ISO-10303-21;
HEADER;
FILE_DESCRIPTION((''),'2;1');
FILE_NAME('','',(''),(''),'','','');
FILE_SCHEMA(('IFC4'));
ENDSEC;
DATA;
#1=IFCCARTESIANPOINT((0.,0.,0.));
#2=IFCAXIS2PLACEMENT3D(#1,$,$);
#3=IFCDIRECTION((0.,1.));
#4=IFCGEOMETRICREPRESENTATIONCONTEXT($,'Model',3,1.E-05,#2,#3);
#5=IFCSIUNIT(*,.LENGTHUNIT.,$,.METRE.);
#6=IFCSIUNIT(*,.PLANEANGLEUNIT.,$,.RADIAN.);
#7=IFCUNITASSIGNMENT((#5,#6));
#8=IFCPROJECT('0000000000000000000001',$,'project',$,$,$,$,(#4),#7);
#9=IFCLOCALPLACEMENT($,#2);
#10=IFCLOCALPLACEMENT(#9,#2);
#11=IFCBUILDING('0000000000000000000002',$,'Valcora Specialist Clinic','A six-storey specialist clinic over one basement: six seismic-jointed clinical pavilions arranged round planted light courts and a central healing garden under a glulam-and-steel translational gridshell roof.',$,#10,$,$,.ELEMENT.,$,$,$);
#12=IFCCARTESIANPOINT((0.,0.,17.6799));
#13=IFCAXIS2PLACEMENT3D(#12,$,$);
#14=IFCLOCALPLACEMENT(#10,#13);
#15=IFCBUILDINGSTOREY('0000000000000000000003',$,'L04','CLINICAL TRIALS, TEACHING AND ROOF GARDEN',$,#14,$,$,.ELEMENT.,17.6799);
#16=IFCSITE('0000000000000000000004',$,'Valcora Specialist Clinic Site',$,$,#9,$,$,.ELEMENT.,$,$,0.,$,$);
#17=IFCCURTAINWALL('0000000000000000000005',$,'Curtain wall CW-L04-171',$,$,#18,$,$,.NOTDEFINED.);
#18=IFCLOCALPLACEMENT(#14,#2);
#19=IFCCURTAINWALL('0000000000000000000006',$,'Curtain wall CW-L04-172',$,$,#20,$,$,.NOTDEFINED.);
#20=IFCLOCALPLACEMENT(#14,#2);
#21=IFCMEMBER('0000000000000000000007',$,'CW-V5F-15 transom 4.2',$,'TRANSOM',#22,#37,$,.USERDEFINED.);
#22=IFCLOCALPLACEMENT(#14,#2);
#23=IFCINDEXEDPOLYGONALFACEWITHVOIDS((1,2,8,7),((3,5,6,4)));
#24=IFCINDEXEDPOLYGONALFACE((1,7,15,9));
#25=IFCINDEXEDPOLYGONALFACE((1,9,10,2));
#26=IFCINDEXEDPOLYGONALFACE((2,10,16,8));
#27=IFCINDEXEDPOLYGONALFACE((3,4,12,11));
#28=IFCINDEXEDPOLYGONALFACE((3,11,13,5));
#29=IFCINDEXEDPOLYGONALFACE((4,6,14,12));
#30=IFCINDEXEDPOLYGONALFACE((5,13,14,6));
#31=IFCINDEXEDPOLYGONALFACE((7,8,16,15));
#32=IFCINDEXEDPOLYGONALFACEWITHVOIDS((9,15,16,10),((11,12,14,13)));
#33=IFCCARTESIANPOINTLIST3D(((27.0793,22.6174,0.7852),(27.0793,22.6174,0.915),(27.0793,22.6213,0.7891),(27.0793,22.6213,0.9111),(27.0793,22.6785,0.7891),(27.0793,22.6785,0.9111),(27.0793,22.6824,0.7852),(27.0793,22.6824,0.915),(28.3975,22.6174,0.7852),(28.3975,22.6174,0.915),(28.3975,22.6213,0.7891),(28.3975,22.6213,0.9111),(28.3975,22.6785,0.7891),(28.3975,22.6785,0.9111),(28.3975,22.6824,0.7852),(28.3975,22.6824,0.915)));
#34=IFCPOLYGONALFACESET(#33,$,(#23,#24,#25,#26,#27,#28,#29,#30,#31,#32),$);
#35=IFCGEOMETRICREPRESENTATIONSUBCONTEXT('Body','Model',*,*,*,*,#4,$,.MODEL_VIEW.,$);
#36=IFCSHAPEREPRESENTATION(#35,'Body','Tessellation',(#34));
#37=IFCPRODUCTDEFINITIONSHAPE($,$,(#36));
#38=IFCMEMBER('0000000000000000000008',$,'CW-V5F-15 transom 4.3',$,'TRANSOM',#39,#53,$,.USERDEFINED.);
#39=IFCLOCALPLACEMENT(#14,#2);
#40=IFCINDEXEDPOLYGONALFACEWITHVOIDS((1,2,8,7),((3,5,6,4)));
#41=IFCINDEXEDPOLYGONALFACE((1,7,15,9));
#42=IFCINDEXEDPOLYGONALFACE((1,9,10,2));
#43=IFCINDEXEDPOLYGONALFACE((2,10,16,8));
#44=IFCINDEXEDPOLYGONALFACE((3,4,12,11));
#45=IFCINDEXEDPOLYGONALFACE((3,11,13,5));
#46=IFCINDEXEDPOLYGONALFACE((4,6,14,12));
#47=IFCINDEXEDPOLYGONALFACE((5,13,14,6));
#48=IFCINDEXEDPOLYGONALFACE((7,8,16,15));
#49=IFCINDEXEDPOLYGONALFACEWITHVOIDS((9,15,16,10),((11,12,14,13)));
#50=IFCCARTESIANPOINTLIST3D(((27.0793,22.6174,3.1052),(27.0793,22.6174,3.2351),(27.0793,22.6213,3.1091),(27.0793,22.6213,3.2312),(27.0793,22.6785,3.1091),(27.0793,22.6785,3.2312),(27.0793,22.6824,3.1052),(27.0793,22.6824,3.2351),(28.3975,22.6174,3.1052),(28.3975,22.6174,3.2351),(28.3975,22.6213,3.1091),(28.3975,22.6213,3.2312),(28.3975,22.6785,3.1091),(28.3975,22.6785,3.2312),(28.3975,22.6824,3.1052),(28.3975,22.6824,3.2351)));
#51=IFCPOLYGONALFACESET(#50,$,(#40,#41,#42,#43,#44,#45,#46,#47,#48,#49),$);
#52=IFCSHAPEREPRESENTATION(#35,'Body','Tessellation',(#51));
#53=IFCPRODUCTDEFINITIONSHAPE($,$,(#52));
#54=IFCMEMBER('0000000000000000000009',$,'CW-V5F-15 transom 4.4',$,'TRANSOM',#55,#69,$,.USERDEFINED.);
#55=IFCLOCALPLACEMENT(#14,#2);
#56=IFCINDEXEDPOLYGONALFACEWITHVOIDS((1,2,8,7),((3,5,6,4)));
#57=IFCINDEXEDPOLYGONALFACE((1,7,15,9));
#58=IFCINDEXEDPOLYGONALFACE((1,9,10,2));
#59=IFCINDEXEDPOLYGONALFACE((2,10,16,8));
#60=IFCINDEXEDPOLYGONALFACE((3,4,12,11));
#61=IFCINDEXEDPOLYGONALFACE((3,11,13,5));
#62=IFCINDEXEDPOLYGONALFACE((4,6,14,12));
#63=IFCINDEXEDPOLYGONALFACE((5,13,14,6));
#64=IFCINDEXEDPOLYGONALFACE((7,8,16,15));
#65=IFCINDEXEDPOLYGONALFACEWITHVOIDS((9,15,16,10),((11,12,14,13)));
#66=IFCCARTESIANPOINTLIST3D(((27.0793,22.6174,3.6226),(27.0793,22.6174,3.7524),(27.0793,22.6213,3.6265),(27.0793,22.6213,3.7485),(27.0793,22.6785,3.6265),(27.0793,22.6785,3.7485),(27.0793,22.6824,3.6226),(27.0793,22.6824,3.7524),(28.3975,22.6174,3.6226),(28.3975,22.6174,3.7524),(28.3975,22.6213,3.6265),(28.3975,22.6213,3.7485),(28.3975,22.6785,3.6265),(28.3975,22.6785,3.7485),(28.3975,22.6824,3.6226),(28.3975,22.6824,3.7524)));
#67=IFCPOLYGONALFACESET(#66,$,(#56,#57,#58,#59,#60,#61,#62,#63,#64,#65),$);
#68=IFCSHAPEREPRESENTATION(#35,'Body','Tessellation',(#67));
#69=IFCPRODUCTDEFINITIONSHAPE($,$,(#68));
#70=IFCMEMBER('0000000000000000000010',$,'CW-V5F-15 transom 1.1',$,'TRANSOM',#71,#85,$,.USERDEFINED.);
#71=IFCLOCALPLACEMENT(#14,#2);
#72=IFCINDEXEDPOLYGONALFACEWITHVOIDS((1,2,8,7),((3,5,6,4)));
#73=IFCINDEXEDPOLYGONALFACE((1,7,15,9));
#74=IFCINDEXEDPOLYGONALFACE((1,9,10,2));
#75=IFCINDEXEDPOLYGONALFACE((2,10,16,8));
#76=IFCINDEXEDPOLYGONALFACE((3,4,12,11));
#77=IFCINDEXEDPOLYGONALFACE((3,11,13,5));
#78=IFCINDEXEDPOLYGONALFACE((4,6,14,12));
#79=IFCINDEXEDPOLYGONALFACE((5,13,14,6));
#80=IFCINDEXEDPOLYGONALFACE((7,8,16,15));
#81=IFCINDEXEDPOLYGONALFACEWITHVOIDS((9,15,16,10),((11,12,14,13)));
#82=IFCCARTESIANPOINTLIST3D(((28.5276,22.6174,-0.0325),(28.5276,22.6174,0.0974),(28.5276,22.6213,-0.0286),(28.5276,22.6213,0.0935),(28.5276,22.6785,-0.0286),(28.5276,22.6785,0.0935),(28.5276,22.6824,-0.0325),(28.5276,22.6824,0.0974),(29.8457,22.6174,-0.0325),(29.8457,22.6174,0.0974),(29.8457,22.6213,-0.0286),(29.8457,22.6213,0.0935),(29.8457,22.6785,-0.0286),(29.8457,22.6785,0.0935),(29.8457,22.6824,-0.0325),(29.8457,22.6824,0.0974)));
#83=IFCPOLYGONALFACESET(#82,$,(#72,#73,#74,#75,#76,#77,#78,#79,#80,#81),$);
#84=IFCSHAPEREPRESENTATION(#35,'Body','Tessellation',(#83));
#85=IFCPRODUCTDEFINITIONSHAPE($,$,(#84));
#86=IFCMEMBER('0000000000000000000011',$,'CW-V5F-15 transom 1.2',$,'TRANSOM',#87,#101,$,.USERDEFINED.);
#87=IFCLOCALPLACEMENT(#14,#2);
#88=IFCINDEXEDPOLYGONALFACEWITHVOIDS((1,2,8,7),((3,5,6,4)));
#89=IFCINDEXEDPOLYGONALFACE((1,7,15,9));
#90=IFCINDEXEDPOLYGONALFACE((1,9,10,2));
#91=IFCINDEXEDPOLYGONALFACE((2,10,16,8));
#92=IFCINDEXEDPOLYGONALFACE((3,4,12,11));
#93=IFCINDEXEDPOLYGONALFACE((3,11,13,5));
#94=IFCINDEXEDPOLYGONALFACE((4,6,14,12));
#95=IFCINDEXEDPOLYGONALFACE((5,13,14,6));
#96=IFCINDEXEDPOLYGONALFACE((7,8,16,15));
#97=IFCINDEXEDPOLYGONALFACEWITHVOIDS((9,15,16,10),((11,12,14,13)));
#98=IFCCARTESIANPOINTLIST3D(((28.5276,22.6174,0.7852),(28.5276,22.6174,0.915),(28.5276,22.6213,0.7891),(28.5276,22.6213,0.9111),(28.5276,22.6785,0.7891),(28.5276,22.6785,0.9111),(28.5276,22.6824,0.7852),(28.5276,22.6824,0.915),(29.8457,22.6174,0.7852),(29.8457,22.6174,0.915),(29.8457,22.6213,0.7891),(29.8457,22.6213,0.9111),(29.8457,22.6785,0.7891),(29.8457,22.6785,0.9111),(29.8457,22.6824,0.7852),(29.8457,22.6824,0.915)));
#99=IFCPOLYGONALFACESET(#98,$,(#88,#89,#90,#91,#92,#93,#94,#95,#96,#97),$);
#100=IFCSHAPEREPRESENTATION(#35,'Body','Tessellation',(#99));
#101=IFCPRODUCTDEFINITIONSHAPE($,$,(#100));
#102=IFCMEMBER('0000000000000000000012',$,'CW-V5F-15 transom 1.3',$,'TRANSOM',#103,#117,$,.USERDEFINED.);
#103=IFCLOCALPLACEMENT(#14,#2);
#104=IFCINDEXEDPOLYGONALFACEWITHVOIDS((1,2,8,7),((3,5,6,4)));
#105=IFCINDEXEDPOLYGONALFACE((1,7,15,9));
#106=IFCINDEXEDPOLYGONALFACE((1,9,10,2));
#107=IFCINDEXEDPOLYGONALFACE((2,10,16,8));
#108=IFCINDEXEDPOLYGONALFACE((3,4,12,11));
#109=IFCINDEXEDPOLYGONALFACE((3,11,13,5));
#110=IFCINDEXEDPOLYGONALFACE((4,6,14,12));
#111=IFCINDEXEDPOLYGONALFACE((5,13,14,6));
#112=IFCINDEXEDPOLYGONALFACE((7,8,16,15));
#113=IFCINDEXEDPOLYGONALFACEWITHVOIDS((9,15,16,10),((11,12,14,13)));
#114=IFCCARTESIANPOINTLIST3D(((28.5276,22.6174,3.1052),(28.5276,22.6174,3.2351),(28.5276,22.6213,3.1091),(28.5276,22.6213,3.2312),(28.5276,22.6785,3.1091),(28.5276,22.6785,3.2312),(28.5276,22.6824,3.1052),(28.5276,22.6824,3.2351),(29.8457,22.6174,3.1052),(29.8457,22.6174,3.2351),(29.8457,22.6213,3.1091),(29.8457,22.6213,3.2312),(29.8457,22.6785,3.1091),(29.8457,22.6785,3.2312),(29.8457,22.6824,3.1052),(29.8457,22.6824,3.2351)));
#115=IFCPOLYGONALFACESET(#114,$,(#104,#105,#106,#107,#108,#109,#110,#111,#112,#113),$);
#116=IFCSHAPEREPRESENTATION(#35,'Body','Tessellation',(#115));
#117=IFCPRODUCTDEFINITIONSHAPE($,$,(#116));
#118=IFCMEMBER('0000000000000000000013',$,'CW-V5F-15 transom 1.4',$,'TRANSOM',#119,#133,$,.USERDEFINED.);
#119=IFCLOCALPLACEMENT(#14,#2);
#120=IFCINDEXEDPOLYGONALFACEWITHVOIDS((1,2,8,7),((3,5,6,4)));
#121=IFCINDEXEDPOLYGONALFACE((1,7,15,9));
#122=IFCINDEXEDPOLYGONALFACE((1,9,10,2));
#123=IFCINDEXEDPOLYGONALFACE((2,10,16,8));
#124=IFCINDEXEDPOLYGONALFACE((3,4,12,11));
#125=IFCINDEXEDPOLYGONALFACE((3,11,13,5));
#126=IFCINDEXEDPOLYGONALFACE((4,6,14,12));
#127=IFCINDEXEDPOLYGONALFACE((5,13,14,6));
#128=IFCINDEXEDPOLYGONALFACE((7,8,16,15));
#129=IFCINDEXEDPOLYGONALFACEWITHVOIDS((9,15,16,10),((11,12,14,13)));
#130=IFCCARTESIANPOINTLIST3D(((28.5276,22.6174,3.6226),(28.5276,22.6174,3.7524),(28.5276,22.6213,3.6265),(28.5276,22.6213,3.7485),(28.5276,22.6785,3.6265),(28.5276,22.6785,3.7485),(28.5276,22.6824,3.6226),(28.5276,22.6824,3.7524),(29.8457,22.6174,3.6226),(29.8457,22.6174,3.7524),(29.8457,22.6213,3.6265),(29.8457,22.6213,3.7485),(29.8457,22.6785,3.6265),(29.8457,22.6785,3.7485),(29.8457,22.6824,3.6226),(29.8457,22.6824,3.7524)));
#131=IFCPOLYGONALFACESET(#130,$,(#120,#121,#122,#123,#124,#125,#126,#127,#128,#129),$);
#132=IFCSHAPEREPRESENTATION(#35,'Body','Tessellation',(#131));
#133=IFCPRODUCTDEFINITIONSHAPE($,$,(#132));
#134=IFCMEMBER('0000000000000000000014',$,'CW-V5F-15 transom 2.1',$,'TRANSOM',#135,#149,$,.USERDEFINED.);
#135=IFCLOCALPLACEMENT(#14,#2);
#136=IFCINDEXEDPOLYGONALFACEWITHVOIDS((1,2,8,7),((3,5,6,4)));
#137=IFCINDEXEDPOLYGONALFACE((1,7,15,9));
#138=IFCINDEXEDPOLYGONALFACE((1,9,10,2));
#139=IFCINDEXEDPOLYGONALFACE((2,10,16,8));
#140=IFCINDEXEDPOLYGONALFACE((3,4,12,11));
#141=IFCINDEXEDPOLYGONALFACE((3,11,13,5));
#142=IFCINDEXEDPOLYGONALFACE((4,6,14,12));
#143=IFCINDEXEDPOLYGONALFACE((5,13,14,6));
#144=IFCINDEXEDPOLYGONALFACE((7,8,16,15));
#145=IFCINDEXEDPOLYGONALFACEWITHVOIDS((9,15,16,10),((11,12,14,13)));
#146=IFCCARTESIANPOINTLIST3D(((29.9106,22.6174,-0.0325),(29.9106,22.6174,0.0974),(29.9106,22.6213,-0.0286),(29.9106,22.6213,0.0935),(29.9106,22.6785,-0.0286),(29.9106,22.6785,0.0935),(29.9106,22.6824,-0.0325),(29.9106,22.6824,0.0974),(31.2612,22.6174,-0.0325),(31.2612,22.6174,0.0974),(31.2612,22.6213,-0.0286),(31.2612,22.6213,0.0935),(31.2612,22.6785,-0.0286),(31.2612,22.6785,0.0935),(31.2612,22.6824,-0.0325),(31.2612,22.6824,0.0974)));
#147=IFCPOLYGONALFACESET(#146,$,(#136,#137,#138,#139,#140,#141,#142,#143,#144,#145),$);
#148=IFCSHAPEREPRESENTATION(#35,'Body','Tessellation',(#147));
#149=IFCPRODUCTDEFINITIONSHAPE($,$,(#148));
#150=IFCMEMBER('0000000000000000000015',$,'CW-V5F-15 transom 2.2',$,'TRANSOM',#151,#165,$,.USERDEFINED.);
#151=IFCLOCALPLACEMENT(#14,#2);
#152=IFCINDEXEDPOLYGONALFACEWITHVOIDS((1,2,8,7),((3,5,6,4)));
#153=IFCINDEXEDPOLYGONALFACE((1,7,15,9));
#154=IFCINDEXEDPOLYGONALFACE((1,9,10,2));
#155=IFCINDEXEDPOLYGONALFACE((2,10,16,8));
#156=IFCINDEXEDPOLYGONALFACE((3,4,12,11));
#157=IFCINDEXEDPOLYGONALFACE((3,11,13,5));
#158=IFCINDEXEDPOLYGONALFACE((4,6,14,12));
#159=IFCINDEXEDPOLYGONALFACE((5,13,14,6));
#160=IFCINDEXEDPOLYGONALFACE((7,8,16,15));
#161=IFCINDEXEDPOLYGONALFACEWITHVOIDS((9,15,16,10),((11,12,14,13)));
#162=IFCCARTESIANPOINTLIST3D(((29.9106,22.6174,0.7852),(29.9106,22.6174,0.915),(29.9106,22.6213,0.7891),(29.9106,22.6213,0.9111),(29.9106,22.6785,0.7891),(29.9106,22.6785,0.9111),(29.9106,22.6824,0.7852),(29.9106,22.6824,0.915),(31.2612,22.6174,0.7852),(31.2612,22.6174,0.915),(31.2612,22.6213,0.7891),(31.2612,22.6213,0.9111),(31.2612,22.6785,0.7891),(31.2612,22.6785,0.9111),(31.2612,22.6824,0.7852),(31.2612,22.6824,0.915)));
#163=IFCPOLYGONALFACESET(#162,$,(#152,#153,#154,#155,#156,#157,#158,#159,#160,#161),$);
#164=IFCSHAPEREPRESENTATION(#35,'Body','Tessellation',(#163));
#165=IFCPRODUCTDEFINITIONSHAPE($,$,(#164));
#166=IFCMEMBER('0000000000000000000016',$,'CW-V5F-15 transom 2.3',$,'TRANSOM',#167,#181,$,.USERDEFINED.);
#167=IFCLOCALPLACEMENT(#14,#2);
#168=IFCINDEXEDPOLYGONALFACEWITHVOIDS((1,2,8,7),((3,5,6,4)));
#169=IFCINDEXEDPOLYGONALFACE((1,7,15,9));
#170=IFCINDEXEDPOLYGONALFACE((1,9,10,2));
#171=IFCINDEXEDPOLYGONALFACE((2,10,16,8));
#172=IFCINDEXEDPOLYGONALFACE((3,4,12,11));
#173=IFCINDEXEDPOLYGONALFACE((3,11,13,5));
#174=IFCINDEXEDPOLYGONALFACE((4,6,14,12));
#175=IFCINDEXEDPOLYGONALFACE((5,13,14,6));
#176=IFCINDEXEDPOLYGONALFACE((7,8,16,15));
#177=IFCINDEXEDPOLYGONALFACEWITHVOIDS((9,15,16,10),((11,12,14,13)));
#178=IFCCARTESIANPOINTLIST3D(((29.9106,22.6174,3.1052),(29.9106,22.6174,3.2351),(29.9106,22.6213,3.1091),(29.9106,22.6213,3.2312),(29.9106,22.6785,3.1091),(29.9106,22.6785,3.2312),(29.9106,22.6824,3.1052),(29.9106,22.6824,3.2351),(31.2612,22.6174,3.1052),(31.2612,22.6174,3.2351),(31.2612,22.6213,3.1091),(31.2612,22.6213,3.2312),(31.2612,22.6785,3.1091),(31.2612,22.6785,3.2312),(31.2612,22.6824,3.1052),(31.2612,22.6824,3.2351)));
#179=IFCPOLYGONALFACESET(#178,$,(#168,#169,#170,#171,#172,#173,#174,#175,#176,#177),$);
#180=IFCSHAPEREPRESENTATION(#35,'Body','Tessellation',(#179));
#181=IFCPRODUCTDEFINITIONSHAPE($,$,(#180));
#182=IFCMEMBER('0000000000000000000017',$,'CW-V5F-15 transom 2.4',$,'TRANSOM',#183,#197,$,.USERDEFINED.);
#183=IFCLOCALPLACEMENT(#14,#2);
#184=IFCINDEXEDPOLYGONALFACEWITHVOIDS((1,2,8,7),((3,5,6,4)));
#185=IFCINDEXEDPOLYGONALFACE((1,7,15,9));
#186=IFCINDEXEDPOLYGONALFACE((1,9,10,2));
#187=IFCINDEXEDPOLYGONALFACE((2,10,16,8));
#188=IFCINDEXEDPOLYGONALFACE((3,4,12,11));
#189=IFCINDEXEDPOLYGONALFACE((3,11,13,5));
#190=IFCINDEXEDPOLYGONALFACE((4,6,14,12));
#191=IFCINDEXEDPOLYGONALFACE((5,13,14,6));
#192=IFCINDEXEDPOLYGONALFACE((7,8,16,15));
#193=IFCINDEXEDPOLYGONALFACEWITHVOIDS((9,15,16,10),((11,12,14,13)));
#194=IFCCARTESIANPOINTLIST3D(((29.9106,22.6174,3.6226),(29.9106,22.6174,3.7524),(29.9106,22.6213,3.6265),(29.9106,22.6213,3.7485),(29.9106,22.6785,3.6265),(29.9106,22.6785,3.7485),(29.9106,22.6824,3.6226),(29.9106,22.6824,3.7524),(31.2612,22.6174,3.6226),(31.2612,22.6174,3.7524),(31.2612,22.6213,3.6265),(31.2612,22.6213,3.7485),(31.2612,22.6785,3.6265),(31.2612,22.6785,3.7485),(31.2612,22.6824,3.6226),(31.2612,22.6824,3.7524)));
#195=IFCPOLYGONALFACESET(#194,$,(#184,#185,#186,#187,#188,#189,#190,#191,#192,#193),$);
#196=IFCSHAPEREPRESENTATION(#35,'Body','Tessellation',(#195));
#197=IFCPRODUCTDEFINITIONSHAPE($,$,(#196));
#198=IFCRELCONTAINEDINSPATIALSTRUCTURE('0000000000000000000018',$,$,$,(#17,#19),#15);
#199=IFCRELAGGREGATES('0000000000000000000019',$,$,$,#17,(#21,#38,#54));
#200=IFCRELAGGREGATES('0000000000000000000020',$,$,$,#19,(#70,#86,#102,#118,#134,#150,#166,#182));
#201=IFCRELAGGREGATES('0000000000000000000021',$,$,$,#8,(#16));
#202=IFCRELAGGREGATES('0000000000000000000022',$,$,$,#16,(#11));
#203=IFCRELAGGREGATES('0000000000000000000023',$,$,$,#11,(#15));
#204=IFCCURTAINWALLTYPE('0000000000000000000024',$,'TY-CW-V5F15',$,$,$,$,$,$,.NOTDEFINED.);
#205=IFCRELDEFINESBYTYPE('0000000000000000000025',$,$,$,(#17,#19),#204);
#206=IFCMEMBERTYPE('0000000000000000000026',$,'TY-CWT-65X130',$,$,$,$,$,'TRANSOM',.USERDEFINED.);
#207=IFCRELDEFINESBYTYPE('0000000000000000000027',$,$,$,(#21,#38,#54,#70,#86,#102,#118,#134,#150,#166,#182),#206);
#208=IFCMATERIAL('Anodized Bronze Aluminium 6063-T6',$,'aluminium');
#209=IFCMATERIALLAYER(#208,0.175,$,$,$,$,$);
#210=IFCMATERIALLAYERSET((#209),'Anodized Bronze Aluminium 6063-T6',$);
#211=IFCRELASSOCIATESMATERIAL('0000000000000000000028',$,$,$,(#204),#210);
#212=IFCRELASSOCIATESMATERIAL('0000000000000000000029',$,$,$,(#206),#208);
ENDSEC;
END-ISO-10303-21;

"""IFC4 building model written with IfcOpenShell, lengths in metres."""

from ifc_helpers import new_model, si_unit, direction, frame, origin, origin_2d, place, context, subcontext, project, spatial, hollow_rectangle, extrude, material, layer, layer_set, material_profile, profile_set, type_object, element, aggregate, save


model = new_model("IFC4")

# Units and contexts
model_context = context("Model", 3, precision=1e-05, world=origin(), true_north=direction((0.0, 1.0)))
body_context = subcontext(model_context, "Body", "Model", "MODEL_VIEW")
ifc_project = project(units=[si_unit("LENGTHUNIT", "METRE"), si_unit("PLANEANGLEUNIT", "RADIAN")], contexts=[model_context])

# Site, building, storey
site_placement = place(None, origin())
site = spatial("IfcSite", under=ifc_project, at=site_placement, Name="Valcora Specialist Clinic Site", CompositionType="ELEMENT", RefElevation=0.0)
building_placement = place(site_placement, origin())
building = spatial("IfcBuilding", under=site, at=building_placement, Name="Valcora Specialist Clinic", Description="A six-storey specialist clinic over one basement: six seismic-jointed clinical pavilions arranged round planted light courts and a central healing garden under a glulam-and-steel translational gridshell roof.", CompositionType="ELEMENT")
storey_placement = place(building_placement, frame((0.0, 0.0, 17.6799)))
storey = spatial("IfcBuildingStorey", under=building, at=storey_placement, Name="L04", Description="CLINICAL TRIALS, TEACHING AND ROOF GARDEN", CompositionType="ELEMENT", Elevation=17.6799)

# Curtain walls
ifc_material_1 = material(Name="Anodized Bronze Aluminium 6063-T6", Category="aluminium")
ifc_layer_1 = layer(ifc_material_1, 0.175)
ifc_layer_set_1 = layer_set([ifc_layer_1], Name="Anodized Bronze Aluminium 6063-T6")
curtain_wall_type = type_object("IfcCurtainWallType", Name="TY-CW-V5F15", PredefinedType="NOTDEFINED", material=ifc_layer_set_1)
curtain_wall_1_placement = place(storey_placement, origin())
curtain_wall_1 = element("IfcCurtainWall", 1, at=curtain_wall_1_placement, inside=storey, type_object=curtain_wall_type, Name="Curtain wall CW-L04-171", PredefinedType="NOTDEFINED")
curtain_wall_2_placement = place(storey_placement, origin())
curtain_wall_2 = element("IfcCurtainWall", 2, at=curtain_wall_2_placement, inside=storey, type_object=curtain_wall_type, Name="Curtain wall CW-L04-172", PredefinedType="NOTDEFINED")

# Members
ifc_material_profile_1 = material_profile(ifc_material_1, hollow_rectangle(XDim=0.0649, YDim=0.1299, WallThickness=0.0039, at=origin_2d()), Name="AL-TRN-65X130")
ifc_profile_set_1 = profile_set([ifc_material_profile_1], Name="Anodized Bronze Aluminium 6063-T6")
member_type_1 = type_object("IfcMemberType", Name="TY-CWT-65X130", ElementType="TRANSOM", PredefinedType="USERDEFINED", material=ifc_profile_set_1)
member_1_placement = place(storey_placement, frame((27.0793, 22.6499, 0.8501), z_axis=(1.0, 0.0, 0.0), x_axis=(0.0, 1.0, 0.0)))
member_1 = element("IfcMember", 3, at=member_1_placement, type_object=member_type_1, Name="CW-V5F-15 transom 4.2", ObjectType="TRANSOM", PredefinedType="USERDEFINED", context=body_context, shape_type="SweptSolid", body=[
    extrude(hollow_rectangle(XDim=0.0649, YDim=0.1299, WallThickness=0.0039, at=origin_2d()), origin(), (0.0, 0.0, 1.0), 1.3181),
])
member_2_placement = place(storey_placement, frame((27.0793, 22.6499, 3.1702), z_axis=(1.0, 0.0, 0.0), x_axis=(0.0, 1.0, 0.0)))
member_2 = element("IfcMember", 4, at=member_2_placement, type_object=member_type_1, Name="CW-V5F-15 transom 4.3", ObjectType="TRANSOM", PredefinedType="USERDEFINED", context=body_context, shape_type="SweptSolid", body=[
    extrude(hollow_rectangle(XDim=0.0649, YDim=0.1299, WallThickness=0.0039, at=origin_2d()), origin(), (0.0, 0.0, 1.0), 1.3181),
])
member_3_placement = place(storey_placement, frame((27.0793, 22.6499, 3.6875), z_axis=(1.0, 0.0, 0.0), x_axis=(0.0, 1.0, 0.0)))
member_3 = element("IfcMember", 5, at=member_3_placement, type_object=member_type_1, Name="CW-V5F-15 transom 4.4", ObjectType="TRANSOM", PredefinedType="USERDEFINED", context=body_context, shape_type="SweptSolid", body=[
    extrude(hollow_rectangle(XDim=0.0649, YDim=0.1299, WallThickness=0.0039, at=origin_2d()), origin(), (0.0, 0.0, 1.0), 1.3181),
])
member_4_placement = place(storey_placement, frame((28.5276, 22.6499, 0.0325), z_axis=(1.0, 0.0, 0.0), x_axis=(0.0, 1.0, 0.0)))
member_4 = element("IfcMember", 6, at=member_4_placement, type_object=member_type_1, Name="CW-V5F-15 transom 1.1", ObjectType="TRANSOM", PredefinedType="USERDEFINED", context=body_context, shape_type="SweptSolid", body=[
    extrude(hollow_rectangle(XDim=0.0649, YDim=0.1299, WallThickness=0.0039, at=origin_2d()), origin(), (0.0, 0.0, 1.0), 1.3181),
])
member_5_placement = place(storey_placement, frame((28.5276, 22.6499, 0.8501), z_axis=(1.0, 0.0, 0.0), x_axis=(0.0, 1.0, 0.0)))
member_5 = element("IfcMember", 7, at=member_5_placement, type_object=member_type_1, Name="CW-V5F-15 transom 1.2", ObjectType="TRANSOM", PredefinedType="USERDEFINED", context=body_context, shape_type="SweptSolid", body=[
    extrude(hollow_rectangle(XDim=0.0649, YDim=0.1299, WallThickness=0.0039, at=origin_2d()), origin(), (0.0, 0.0, 1.0), 1.3181),
])
member_6_placement = place(storey_placement, frame((28.5276, 22.6499, 3.1702), z_axis=(1.0, 0.0, 0.0), x_axis=(0.0, 1.0, 0.0)))
member_6 = element("IfcMember", 8, at=member_6_placement, type_object=member_type_1, Name="CW-V5F-15 transom 1.3", ObjectType="TRANSOM", PredefinedType="USERDEFINED", context=body_context, shape_type="SweptSolid", body=[
    extrude(hollow_rectangle(XDim=0.0649, YDim=0.1299, WallThickness=0.0039, at=origin_2d()), origin(), (0.0, 0.0, 1.0), 1.3181),
])
member_7_placement = place(storey_placement, frame((28.5276, 22.6499, 3.6875), z_axis=(1.0, 0.0, 0.0), x_axis=(0.0, 1.0, 0.0)))
member_7 = element("IfcMember", 9, at=member_7_placement, type_object=member_type_1, Name="CW-V5F-15 transom 1.4", ObjectType="TRANSOM", PredefinedType="USERDEFINED", context=body_context, shape_type="SweptSolid", body=[
    extrude(hollow_rectangle(XDim=0.0649, YDim=0.1299, WallThickness=0.0039, at=origin_2d()), origin(), (0.0, 0.0, 1.0), 1.3181),
])
member_8_placement = place(storey_placement, frame((29.9106, 22.6499, 0.0325), z_axis=(1.0, 0.0, 0.0), x_axis=(0.0, 1.0, 0.0)))
member_8 = element("IfcMember", 10, at=member_8_placement, type_object=member_type_1, Name="CW-V5F-15 transom 2.1", ObjectType="TRANSOM", PredefinedType="USERDEFINED", context=body_context, shape_type="SweptSolid", body=[
    extrude(hollow_rectangle(XDim=0.0649, YDim=0.1299, WallThickness=0.0039, at=origin_2d()), origin(), (0.0, 0.0, 1.0), 1.3506),
])
member_9_placement = place(storey_placement, frame((29.9106, 22.6499, 0.8501), z_axis=(1.0, 0.0, 0.0), x_axis=(0.0, 1.0, 0.0)))
member_9 = element("IfcMember", 11, at=member_9_placement, type_object=member_type_1, Name="CW-V5F-15 transom 2.2", ObjectType="TRANSOM", PredefinedType="USERDEFINED", context=body_context, shape_type="SweptSolid", body=[
    extrude(hollow_rectangle(XDim=0.0649, YDim=0.1299, WallThickness=0.0039, at=origin_2d()), origin(), (0.0, 0.0, 1.0), 1.3506),
])
member_10_placement = place(storey_placement, frame((29.9106, 22.6499, 3.1702), z_axis=(1.0, 0.0, 0.0), x_axis=(0.0, 1.0, 0.0)))
member_10 = element("IfcMember", 12, at=member_10_placement, type_object=member_type_1, Name="CW-V5F-15 transom 2.3", ObjectType="TRANSOM", PredefinedType="USERDEFINED", context=body_context, shape_type="SweptSolid", body=[
    extrude(hollow_rectangle(XDim=0.0649, YDim=0.1299, WallThickness=0.0039, at=origin_2d()), origin(), (0.0, 0.0, 1.0), 1.3506),
])
member_11_placement = place(storey_placement, frame((29.9106, 22.6499, 3.6875), z_axis=(1.0, 0.0, 0.0), x_axis=(0.0, 1.0, 0.0)))
member_11 = element("IfcMember", 13, at=member_11_placement, type_object=member_type_1, Name="CW-V5F-15 transom 2.4", ObjectType="TRANSOM", PredefinedType="USERDEFINED", context=body_context, shape_type="SweptSolid", body=[
    extrude(hollow_rectangle(XDim=0.0649, YDim=0.1299, WallThickness=0.0039, at=origin_2d()), origin(), (0.0, 0.0, 1.0), 1.3506),
])

aggregate(curtain_wall_1, [member_1, member_2, member_3])
aggregate(curtain_wall_2, [member_4, member_5, member_6, member_7, member_8, member_9, member_10, member_11])

save(model, "model.ifc")
